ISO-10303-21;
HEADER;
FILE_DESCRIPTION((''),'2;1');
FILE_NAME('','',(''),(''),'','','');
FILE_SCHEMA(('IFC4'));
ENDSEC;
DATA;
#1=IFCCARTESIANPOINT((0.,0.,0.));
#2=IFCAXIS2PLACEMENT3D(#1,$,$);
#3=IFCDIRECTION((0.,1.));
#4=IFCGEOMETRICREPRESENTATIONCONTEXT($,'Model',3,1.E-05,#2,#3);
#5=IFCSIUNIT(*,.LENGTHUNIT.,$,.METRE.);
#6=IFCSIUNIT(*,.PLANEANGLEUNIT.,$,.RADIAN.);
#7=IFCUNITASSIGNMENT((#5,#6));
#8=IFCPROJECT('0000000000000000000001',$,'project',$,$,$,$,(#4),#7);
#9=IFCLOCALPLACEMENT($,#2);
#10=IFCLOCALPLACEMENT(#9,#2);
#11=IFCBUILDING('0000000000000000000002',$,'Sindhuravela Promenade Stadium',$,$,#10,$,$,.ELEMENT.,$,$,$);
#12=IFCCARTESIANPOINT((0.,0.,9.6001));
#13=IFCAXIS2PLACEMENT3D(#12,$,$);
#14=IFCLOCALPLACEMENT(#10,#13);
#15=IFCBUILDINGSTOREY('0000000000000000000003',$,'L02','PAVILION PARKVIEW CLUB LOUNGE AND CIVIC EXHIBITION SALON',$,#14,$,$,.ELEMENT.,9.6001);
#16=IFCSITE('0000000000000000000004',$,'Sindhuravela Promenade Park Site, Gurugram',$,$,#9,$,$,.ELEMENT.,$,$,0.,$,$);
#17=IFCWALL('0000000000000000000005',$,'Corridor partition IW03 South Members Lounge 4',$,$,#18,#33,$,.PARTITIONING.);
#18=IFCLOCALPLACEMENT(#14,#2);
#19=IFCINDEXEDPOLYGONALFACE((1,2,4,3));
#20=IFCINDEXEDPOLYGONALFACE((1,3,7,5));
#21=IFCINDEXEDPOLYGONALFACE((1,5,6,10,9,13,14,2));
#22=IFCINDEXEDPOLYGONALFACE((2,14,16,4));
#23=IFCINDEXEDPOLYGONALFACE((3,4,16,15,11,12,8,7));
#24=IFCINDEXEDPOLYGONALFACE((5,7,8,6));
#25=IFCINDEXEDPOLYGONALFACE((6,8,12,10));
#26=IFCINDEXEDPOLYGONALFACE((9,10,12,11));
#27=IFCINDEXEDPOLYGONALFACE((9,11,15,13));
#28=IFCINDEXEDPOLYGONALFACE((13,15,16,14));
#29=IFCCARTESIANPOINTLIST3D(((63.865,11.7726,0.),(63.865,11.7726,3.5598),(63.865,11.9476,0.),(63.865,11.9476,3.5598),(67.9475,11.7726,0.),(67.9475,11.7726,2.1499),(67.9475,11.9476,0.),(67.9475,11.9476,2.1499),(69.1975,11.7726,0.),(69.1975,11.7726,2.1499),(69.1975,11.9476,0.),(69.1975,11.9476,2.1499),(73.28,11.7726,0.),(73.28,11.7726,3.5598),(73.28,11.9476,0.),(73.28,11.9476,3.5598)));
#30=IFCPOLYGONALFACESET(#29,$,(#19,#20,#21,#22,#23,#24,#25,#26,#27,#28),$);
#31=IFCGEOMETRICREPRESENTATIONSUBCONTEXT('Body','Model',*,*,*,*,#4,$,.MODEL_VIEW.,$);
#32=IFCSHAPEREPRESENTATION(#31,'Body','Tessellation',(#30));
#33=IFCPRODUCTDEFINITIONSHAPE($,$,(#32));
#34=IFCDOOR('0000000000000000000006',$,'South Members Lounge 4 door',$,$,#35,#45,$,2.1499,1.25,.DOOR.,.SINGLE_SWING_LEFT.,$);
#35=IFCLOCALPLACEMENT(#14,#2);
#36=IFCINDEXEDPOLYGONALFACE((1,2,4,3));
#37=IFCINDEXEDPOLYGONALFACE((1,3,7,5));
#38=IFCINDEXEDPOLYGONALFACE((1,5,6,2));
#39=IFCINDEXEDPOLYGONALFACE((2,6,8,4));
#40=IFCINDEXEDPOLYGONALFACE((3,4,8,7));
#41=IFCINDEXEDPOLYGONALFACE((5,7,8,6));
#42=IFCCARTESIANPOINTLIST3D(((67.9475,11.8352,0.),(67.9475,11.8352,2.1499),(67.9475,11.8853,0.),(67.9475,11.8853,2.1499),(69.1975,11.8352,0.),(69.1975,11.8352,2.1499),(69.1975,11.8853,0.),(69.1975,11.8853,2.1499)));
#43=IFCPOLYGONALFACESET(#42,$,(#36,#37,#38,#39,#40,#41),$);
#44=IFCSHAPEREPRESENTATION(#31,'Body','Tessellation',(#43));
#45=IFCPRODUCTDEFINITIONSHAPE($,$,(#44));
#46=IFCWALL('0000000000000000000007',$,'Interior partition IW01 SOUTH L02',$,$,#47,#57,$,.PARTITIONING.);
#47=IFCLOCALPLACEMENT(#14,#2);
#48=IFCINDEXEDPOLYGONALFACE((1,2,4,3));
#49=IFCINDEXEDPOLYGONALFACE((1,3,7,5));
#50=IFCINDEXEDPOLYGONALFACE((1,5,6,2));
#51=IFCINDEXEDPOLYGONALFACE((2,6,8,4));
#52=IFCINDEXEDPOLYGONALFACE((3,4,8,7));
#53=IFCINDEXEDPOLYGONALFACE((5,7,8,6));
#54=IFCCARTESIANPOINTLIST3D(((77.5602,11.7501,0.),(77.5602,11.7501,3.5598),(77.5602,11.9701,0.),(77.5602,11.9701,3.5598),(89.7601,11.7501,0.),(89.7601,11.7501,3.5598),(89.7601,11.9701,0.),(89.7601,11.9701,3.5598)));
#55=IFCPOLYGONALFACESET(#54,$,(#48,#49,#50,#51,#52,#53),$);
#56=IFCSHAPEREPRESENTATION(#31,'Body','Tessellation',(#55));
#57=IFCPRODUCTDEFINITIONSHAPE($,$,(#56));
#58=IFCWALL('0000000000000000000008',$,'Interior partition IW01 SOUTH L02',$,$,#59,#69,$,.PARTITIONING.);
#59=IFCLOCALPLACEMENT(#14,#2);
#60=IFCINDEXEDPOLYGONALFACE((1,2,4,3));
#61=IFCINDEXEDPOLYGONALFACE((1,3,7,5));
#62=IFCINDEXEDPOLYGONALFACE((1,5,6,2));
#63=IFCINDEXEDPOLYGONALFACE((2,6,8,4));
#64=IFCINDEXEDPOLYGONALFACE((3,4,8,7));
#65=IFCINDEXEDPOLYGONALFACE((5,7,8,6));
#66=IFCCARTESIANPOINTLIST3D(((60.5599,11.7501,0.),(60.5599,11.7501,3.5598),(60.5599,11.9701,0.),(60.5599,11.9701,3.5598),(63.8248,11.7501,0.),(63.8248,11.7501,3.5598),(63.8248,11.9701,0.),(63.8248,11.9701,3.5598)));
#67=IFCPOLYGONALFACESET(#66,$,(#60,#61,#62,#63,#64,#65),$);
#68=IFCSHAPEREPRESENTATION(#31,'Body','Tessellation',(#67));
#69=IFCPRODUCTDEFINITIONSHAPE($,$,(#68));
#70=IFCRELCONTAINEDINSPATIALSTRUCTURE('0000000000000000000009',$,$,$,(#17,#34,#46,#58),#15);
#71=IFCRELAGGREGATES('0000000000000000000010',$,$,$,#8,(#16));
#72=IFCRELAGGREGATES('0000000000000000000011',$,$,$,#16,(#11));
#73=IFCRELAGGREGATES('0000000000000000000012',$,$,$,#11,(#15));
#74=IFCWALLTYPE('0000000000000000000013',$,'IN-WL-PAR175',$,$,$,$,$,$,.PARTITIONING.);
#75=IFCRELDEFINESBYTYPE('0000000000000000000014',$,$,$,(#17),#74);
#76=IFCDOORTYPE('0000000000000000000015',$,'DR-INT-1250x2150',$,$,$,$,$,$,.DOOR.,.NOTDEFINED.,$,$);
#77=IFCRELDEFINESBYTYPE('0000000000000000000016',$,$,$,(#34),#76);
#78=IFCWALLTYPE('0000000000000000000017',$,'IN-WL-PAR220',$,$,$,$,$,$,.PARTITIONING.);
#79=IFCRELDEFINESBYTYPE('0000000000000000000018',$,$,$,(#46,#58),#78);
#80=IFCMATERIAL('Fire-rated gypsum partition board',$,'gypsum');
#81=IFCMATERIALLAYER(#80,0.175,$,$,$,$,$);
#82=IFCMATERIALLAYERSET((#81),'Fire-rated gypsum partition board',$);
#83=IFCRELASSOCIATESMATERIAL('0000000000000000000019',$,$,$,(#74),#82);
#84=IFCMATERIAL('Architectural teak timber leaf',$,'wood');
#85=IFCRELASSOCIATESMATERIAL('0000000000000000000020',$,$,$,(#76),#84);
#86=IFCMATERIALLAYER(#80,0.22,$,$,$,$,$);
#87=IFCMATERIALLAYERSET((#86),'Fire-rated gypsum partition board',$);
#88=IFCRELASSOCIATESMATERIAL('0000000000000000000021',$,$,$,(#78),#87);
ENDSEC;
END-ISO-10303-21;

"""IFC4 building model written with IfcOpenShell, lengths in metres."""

from ifc_helpers import new_model, si_unit, direction, frame, frame_2d, origin, place, context, subcontext, project, spatial, rectangle, extrude, material, layer, layer_set, type_object, element, fill, save


model = new_model("IFC4")

# Units and contexts
model_context = context("Model", 3, precision=1e-05, world=origin(), true_north=direction((0.0, 1.0)))
body_context = subcontext(model_context, "Body", "Model", "MODEL_VIEW")
ifc_project = project(units=[si_unit("LENGTHUNIT", "METRE"), si_unit("PLANEANGLEUNIT", "RADIAN")], contexts=[model_context])

# Site, building, storey
site_placement = place(None, origin())
site = spatial("IfcSite", under=ifc_project, at=site_placement, Name="Sindhuravela Promenade Park Site, Gurugram", CompositionType="ELEMENT", RefElevation=0.0)
building_placement = place(site_placement, origin())
building = spatial("IfcBuilding", under=site, at=building_placement, Name="Sindhuravela Promenade Stadium", CompositionType="ELEMENT")
storey_placement = place(building_placement, frame((0.0, 0.0, 9.6001)))
storey = spatial("IfcBuildingStorey", under=building, at=storey_placement, Name="L02", Description="PAVILION PARKVIEW CLUB LOUNGE AND CIVIC EXHIBITION SALON", CompositionType="ELEMENT", Elevation=9.6001)

# Shared definitions
ifc_material_1 = material(Name="Fire-rated gypsum partition board", Category="gypsum")
ifc_material_2 = material(Name="Architectural teak timber leaf", Category="wood")

# Wall, opening, door
ifc_layer_1 = layer(ifc_material_1, 0.175)
ifc_layer_set_1 = layer_set([ifc_layer_1], Name="Fire-rated gypsum partition board")
wall_type_1 = type_object("IfcWallType", Name="IN-WL-PAR175", PredefinedType="PARTITIONING", material=ifc_layer_set_1)
wall_1_placement = place(storey_placement, frame((73.28, 11.8601, 0.0), z_axis=(0.0, 0.0, 1.0), x_axis=(-1.0, 0.0, 0.0)))
wall_1 = element("IfcWall", 1, at=wall_1_placement, inside=storey, type_object=wall_type_1, Name="Corridor partition IW03 South Members Lounge 4", PredefinedType="PARTITIONING", context=body_context, shape_type="SweptSolid", body=[
    extrude(rectangle(XDim=9.415, YDim=0.175, at=frame_2d((4.7075, 0.0))), origin(), (0.0, 0.0, 1.0), 3.5598),
])
opening_1_placement = place(wall_1_placement, frame((4.0825, 0.0, 0.0)))
opening_1 = element("IfcOpeningElement", 2, at=opening_1_placement, cuts=wall_1, PredefinedType="OPENING", context=body_context, shape_type="SweptSolid", body=[
    extrude(rectangle(XDim=1.25, YDim=2.1499, at=frame_2d((0.625, 1.075))), frame((0.0, 0.0974, 0.0), z_axis=(0.0, -1.0, 0.0), x_axis=(1.0, 0.0, 0.0)), (0.0, 0.0, 1.0), 0.1951),
])
door_type_1 = type_object("IfcDoorType", Name="DR-INT-1250x2150", OperationType="NOTDEFINED", PredefinedType="DOOR", material=ifc_material_2)
door_1_placement = place(opening_1_placement, origin())
door_1 = element("IfcDoor", 3, at=door_1_placement, inside=storey, type_object=door_type_1, Name="South Members Lounge 4 door", OperationType="SINGLE_SWING_LEFT", OverallHeight=2.1499, OverallWidth=1.25, PredefinedType="DOOR", context=body_context, shape_type="SweptSolid", body=[
    extrude(rectangle(XDim=1.25, YDim=2.1499, at=frame_2d((0.625, 1.075))), frame((0.0, 0.0249, 0.0), z_axis=(0.0, -1.0, 0.0), x_axis=(1.0, 0.0, 0.0)), (0.0, 0.0, 1.0), 0.05),
])
fill(opening_1, door_1)

# Walls
ifc_layer_2 = layer(ifc_material_1, 0.22)
ifc_layer_set_2 = layer_set([ifc_layer_2], Name="Fire-rated gypsum partition board")
wall_type_2 = type_object("IfcWallType", Name="IN-WL-PAR220", PredefinedType="PARTITIONING", material=ifc_layer_set_2)
wall_2_placement = place(storey_placement, frame((77.5601, 11.8601, 0.0), z_axis=(0.0, 0.0, 1.0), x_axis=(1.0, 0.0, 0.0)))
element("IfcWall", 4, at=wall_2_placement, inside=storey, type_object=wall_type_2, Name="Interior partition IW01 SOUTH L02", PredefinedType="PARTITIONING", context=body_context, shape_type="SweptSolid", body=[
    extrude(rectangle(XDim=12.2, YDim=0.22, at=frame_2d((6.1001, 0.0))), origin(), (0.0, 0.0, 1.0), 3.5598),
])
wall_3_placement = place(storey_placement, frame((60.5601, 11.8601, 0.0), z_axis=(0.0, 0.0, 1.0), x_axis=(1.0, 0.0, 0.0)))
element("IfcWall", 5, at=wall_3_placement, inside=storey, type_object=wall_type_2, Name="Interior partition IW01 SOUTH L02", PredefinedType="PARTITIONING", context=body_context, shape_type="SweptSolid", body=[
    extrude(rectangle(XDim=3.2649, YDim=0.22, at=frame_2d((1.6323, 0.0))), origin(), (0.0, 0.0, 1.0), 3.5598),
])

save(model, "model.ifc")
